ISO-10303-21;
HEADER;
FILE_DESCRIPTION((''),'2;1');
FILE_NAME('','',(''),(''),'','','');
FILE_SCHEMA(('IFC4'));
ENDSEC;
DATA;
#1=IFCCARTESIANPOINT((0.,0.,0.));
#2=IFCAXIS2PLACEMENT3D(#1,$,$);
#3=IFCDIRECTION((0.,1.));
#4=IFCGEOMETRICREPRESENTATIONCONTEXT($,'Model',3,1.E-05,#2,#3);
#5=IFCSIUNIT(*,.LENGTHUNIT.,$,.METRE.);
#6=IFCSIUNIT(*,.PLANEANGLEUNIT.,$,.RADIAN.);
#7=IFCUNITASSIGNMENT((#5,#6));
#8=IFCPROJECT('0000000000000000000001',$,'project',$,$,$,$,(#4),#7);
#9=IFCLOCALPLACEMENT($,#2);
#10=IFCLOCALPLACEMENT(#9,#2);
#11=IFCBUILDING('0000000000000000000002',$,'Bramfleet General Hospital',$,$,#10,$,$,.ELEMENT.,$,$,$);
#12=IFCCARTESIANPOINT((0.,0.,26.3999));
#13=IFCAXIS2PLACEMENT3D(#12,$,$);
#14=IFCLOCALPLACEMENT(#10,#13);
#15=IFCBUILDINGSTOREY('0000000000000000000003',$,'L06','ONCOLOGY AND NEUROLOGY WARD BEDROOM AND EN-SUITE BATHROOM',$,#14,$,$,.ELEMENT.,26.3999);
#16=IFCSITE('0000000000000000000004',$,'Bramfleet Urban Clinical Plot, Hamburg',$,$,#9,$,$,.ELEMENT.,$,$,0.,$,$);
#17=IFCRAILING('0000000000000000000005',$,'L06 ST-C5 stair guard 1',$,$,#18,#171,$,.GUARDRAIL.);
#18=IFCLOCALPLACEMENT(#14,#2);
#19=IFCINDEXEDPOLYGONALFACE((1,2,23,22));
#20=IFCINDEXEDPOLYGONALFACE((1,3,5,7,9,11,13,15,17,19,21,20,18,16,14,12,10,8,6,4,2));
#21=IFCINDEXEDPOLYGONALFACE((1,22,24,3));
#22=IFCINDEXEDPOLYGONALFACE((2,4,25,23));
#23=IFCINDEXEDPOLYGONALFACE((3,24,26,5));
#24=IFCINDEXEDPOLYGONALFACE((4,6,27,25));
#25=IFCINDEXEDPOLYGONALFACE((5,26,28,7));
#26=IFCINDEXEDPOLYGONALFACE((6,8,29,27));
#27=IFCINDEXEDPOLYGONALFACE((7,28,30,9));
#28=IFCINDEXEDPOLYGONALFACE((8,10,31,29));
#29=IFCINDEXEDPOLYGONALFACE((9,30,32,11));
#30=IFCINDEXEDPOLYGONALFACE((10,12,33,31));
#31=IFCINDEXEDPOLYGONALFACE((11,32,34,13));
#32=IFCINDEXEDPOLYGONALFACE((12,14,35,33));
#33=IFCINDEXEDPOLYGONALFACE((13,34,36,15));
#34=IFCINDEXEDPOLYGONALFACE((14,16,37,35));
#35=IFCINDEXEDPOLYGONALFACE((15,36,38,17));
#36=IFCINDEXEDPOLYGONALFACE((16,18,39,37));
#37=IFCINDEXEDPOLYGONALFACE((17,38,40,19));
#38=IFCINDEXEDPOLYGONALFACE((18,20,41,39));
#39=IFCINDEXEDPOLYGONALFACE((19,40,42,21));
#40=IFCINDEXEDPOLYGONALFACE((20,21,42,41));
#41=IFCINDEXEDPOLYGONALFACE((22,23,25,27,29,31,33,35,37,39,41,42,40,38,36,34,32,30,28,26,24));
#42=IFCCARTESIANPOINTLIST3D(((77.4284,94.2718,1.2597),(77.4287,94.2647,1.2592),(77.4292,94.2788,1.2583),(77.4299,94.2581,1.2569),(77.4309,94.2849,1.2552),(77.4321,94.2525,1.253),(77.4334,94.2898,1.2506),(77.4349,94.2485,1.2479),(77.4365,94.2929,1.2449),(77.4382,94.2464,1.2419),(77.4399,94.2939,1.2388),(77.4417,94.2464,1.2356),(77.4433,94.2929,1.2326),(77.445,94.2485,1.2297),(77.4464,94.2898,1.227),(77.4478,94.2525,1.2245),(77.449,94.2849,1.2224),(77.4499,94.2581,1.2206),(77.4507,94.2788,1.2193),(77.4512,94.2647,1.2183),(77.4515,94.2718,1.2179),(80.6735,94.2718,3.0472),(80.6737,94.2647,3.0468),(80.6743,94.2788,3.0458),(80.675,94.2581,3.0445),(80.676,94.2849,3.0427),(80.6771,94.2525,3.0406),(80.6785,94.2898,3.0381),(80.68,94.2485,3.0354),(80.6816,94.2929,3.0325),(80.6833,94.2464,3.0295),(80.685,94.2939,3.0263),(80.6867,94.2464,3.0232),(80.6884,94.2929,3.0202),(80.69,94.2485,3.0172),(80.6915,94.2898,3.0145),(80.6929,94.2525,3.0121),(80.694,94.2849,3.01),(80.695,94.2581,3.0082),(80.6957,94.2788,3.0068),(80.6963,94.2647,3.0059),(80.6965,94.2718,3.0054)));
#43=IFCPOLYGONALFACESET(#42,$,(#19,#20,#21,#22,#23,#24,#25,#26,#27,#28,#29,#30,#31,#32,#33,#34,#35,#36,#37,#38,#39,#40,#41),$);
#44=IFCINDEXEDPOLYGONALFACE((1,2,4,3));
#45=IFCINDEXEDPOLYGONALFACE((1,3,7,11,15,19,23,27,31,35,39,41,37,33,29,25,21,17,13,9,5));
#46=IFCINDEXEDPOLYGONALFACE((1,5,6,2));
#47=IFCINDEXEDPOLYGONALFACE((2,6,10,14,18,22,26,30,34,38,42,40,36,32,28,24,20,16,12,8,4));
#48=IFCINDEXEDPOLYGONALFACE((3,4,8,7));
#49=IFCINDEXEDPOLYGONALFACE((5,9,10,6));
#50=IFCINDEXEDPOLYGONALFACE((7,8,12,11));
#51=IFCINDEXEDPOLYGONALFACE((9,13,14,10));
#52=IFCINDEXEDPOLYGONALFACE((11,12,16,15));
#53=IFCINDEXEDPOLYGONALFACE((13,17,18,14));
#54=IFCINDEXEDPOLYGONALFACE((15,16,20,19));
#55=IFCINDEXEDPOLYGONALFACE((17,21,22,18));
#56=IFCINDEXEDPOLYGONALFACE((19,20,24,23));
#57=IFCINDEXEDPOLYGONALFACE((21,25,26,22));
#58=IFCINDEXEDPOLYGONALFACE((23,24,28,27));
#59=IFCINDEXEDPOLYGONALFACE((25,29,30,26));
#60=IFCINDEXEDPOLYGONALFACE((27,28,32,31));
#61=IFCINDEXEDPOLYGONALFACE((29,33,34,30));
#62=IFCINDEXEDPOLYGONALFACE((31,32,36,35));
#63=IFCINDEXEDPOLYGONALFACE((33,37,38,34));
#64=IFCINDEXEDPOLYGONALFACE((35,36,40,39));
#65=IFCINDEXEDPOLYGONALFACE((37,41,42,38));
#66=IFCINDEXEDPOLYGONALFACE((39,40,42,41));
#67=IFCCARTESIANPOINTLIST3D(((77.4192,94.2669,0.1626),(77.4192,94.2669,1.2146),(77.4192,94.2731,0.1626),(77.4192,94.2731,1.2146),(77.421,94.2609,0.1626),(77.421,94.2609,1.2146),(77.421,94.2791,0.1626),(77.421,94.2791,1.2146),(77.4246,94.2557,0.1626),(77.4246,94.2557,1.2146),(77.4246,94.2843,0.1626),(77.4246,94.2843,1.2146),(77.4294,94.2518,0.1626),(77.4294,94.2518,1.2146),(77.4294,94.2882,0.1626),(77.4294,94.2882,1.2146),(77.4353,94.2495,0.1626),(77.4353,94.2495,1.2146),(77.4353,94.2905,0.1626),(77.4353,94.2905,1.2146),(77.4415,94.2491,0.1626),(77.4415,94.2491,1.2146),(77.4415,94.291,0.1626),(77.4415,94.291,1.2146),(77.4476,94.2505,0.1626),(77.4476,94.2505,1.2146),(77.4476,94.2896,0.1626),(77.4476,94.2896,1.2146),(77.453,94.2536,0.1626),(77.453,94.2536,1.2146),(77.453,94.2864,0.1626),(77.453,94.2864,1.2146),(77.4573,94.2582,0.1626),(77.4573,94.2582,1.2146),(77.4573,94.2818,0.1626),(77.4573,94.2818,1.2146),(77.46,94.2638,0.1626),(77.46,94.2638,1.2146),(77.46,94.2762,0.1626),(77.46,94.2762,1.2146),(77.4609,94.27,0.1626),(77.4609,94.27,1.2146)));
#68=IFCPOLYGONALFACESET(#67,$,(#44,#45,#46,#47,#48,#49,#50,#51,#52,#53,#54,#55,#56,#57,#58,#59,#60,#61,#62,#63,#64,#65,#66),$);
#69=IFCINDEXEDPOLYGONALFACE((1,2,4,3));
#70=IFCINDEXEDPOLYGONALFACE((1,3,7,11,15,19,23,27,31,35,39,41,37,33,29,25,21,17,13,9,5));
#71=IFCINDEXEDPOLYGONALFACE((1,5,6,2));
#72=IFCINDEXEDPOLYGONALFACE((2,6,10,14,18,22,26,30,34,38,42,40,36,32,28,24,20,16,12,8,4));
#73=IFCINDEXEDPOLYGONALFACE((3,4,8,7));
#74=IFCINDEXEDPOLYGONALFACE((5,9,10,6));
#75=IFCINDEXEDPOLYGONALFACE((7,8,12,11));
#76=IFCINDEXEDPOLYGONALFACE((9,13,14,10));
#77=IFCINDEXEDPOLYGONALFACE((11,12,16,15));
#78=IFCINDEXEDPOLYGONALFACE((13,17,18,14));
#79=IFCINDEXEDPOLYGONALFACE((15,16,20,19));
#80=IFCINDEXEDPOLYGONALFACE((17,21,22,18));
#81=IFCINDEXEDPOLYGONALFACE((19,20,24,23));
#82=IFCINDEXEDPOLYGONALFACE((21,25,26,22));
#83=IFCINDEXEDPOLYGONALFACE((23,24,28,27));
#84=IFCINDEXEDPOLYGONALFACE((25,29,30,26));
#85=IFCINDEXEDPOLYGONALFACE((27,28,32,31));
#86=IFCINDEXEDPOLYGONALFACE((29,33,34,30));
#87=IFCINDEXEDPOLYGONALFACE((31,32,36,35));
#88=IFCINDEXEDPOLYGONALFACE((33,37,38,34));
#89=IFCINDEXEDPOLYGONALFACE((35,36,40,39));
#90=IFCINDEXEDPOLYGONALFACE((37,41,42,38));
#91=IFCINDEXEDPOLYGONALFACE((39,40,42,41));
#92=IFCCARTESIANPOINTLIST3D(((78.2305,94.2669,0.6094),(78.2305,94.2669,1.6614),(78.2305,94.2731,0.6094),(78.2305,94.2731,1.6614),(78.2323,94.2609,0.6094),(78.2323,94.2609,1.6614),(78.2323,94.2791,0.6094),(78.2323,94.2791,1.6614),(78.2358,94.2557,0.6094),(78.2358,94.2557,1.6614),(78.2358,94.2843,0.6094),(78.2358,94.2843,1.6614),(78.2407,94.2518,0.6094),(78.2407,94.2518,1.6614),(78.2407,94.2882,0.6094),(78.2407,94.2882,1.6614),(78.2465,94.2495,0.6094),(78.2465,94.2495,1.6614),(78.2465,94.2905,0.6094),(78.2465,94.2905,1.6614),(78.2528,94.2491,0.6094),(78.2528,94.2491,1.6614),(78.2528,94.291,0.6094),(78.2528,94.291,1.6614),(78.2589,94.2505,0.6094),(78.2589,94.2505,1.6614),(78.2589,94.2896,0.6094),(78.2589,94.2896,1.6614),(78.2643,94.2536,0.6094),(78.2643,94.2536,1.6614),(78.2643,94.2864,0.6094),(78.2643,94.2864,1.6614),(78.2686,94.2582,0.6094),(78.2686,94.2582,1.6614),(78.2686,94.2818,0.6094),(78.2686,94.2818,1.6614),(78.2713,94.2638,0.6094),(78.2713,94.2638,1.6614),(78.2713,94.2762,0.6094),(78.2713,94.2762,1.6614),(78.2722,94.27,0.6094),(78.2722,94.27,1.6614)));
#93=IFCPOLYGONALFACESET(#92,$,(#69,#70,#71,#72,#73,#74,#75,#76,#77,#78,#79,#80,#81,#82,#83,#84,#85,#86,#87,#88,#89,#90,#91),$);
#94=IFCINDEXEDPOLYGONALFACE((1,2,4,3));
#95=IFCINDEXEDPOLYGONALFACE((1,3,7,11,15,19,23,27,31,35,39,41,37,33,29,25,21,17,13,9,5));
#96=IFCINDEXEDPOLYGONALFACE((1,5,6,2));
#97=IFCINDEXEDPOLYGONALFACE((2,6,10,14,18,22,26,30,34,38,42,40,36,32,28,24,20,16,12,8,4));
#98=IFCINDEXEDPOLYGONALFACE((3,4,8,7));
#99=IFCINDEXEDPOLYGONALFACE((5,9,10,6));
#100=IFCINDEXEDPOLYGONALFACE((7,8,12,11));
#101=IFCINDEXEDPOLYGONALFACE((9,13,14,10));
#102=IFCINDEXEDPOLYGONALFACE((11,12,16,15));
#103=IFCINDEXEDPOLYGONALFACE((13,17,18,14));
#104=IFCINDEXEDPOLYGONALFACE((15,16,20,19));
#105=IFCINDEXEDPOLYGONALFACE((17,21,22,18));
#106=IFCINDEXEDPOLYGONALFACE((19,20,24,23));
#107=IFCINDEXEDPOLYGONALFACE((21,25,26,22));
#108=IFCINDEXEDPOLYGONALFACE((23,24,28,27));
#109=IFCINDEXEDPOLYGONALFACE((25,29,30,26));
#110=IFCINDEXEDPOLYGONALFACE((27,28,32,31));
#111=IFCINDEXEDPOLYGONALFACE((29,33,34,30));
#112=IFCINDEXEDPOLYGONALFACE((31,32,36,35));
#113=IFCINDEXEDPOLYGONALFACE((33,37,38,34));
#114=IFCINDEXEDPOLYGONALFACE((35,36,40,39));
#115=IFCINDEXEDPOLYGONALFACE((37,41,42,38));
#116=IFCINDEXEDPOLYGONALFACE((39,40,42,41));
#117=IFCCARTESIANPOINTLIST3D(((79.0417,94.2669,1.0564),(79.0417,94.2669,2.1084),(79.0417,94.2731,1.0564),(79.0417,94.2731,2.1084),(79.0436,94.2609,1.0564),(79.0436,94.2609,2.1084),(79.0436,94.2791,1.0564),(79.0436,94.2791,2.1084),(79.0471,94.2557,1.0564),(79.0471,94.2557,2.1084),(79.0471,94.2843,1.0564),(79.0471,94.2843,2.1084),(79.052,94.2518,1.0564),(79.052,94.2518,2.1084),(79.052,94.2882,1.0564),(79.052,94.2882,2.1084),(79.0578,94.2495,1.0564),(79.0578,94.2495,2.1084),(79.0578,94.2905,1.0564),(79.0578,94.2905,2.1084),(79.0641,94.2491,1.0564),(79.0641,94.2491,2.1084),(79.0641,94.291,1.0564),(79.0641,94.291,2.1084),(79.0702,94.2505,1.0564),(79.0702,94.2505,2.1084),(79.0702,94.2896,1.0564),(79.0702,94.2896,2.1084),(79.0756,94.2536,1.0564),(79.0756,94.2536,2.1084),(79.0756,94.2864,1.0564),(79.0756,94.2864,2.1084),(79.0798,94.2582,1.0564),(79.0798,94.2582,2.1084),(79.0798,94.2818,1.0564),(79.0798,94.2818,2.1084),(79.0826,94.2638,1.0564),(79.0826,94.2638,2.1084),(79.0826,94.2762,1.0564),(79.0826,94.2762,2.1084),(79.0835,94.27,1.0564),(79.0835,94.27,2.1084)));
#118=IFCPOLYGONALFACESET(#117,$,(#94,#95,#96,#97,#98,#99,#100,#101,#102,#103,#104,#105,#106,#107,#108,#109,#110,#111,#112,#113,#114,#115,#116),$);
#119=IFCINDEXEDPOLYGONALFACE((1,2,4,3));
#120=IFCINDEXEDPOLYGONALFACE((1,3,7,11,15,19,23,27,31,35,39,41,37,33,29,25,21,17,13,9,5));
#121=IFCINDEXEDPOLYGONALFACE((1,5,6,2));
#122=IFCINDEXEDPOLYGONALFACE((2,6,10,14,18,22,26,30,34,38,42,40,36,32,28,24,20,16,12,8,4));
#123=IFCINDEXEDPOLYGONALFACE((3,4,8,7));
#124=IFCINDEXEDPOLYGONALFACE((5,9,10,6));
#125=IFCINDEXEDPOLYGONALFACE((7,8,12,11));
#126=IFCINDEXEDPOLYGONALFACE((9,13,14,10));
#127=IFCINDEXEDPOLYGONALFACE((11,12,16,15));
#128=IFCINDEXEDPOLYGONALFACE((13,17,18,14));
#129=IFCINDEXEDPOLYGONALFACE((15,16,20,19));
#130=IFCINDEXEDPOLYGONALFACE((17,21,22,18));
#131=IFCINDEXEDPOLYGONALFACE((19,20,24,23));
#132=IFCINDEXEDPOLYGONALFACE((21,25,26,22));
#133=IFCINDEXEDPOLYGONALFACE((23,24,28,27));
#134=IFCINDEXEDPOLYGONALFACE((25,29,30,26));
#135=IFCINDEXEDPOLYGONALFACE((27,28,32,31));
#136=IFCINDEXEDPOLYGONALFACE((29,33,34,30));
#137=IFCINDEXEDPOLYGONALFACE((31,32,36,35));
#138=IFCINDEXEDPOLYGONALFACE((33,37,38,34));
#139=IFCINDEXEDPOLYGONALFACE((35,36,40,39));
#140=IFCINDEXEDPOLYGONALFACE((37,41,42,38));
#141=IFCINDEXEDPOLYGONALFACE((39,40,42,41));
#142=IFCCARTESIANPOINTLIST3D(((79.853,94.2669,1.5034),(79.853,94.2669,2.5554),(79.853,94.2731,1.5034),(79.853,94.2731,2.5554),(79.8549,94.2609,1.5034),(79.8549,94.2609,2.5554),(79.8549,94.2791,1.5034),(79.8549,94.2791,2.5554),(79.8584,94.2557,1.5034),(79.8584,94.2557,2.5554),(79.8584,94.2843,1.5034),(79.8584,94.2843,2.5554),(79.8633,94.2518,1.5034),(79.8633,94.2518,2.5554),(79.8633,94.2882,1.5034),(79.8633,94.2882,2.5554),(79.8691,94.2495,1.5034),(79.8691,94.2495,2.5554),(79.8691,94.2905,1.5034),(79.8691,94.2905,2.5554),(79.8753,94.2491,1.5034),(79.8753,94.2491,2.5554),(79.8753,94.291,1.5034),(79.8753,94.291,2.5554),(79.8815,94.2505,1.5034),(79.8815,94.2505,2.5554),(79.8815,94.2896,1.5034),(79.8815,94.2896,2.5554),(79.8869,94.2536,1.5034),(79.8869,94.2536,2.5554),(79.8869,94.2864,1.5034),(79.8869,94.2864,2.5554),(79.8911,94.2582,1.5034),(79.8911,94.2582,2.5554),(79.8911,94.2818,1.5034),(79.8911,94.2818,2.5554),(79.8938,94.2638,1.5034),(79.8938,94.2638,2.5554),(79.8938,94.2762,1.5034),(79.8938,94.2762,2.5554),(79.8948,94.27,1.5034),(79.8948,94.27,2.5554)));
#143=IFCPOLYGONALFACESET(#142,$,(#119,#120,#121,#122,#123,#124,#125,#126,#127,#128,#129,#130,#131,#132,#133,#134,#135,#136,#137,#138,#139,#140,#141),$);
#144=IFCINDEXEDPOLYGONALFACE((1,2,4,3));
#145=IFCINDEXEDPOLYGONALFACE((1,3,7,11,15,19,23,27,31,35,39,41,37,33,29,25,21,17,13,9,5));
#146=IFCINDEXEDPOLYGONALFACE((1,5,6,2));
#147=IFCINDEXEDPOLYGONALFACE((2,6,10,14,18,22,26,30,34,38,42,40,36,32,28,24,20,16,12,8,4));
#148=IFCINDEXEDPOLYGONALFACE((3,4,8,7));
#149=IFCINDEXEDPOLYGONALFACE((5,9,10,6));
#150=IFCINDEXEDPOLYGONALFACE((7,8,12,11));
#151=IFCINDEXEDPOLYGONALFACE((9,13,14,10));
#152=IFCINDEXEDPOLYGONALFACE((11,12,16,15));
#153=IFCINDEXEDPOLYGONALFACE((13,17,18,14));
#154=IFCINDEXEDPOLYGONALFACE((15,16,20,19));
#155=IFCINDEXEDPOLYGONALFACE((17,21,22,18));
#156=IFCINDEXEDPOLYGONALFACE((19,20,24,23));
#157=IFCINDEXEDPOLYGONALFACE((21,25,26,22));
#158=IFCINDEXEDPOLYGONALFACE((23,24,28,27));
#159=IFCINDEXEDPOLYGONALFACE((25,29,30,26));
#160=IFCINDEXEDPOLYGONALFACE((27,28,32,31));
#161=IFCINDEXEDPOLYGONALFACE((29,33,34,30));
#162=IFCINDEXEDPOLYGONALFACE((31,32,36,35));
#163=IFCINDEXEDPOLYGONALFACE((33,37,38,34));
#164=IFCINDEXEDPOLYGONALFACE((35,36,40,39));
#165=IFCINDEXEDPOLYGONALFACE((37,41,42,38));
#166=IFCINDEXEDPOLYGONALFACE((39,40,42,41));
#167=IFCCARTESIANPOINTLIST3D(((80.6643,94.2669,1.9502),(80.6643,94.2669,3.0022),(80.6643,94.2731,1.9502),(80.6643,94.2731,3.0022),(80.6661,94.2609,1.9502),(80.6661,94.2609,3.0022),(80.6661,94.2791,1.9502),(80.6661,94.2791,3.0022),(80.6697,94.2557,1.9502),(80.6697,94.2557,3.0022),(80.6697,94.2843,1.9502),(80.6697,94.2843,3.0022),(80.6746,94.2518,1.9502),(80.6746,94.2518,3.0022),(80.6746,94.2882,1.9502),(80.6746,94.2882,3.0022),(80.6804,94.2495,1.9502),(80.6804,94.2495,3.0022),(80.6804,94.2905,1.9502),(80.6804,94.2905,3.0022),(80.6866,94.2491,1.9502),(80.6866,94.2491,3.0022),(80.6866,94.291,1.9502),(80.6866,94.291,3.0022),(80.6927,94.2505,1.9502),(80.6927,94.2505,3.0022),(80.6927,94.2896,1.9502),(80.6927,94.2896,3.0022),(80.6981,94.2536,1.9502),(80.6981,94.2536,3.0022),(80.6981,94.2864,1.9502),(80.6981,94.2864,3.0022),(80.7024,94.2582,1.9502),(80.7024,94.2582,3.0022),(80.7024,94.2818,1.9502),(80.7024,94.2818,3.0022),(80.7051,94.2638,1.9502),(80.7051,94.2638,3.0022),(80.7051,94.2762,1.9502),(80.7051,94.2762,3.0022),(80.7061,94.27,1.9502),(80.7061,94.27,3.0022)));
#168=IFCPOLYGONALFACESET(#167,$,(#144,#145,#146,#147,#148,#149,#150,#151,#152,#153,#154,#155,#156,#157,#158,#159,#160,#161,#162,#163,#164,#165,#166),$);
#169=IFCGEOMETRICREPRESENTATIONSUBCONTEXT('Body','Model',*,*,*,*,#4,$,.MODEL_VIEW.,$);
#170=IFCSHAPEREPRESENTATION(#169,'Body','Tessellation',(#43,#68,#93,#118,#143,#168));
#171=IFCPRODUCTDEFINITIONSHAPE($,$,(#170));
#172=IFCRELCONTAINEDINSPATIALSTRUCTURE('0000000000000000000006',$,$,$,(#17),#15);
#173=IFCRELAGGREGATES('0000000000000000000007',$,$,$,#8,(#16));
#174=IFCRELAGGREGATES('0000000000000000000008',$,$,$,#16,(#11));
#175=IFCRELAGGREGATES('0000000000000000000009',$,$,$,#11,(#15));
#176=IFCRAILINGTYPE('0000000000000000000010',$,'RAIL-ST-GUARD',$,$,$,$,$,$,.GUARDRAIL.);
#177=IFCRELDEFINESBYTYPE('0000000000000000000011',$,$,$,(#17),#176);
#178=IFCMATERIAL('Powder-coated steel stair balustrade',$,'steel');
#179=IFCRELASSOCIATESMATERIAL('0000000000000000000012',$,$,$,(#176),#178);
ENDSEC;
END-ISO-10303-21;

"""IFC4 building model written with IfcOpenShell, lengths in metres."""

from ifc_helpers import new_model, si_unit, direction, frame, origin, origin_2d, place, context, subcontext, project, spatial, circle, extrude, material, type_object, element, save


model = new_model("IFC4")

# Units and contexts
model_context = context("Model", 3, precision=1e-05, world=origin(), true_north=direction((0.0, 1.0)))
body_context = subcontext(model_context, "Body", "Model", "MODEL_VIEW")
ifc_project = project(units=[si_unit("LENGTHUNIT", "METRE"), si_unit("PLANEANGLEUNIT", "RADIAN")], contexts=[model_context])

# Site, building, storey
site_placement = place(None, origin())
site = spatial("IfcSite", under=ifc_project, at=site_placement, Name="Bramfleet Urban Clinical Plot, Hamburg", CompositionType="ELEMENT", RefElevation=0.0)
building_placement = place(site_placement, origin())
building = spatial("IfcBuilding", under=site, at=building_placement, Name="Bramfleet General Hospital", CompositionType="ELEMENT")
storey_placement = place(building_placement, frame((0.0, 0.0, 26.3999)))
storey = spatial("IfcBuildingStorey", under=building, at=storey_placement, Name="L06", Description="ONCOLOGY AND NEUROLOGY WARD BEDROOM AND EN-SUITE BATHROOM", CompositionType="ELEMENT", Elevation=26.3999)

# Railing
ifc_material_1 = material(Name="Powder-coated steel stair balustrade", Category="steel")
railing_type_1 = type_object("IfcRailingType", Name="RAIL-ST-GUARD", PredefinedType="GUARDRAIL", material=ifc_material_1)
railing_1_placement = place(storey_placement, frame((77.4399, 94.27, 0.1626)))
element("IfcRailing", 1, at=railing_1_placement, inside=storey, type_object=railing_type_1, Name="L06 ST-C5 stair guard 1", PredefinedType="GUARDRAIL", context=body_context, shape_type="SweptSolid", body=[
    extrude(circle(Radius=0.0239, at=origin_2d()), frame((0.0, 0.0, 1.0762), z_axis=(0.875899, 0.0, 0.482495), x_axis=(0.0, 1.0, 0.0)), (0.0, 0.0, 1.0), 3.7048),
    extrude(circle(Radius=0.021, at=origin_2d()), origin(), (0.0, 0.0, 1.0), 1.052),
    extrude(circle(Radius=0.021, at=origin_2d()), frame((0.8113, 0.0, 0.4468)), (0.0, 0.0, 1.0), 1.052),
    extrude(circle(Radius=0.021, at=origin_2d()), frame((1.6226, 0.0, 0.8938)), (0.0, 0.0, 1.0), 1.052),
    extrude(circle(Radius=0.021, at=origin_2d()), frame((2.4338, 0.0, 1.3408)), (0.0, 0.0, 1.0), 1.052),
    extrude(circle(Radius=0.021, at=origin_2d()), frame((3.2451, 0.0, 1.7876)), (0.0, 0.0, 1.0), 1.052),
])

save(model, "model.ifc")
